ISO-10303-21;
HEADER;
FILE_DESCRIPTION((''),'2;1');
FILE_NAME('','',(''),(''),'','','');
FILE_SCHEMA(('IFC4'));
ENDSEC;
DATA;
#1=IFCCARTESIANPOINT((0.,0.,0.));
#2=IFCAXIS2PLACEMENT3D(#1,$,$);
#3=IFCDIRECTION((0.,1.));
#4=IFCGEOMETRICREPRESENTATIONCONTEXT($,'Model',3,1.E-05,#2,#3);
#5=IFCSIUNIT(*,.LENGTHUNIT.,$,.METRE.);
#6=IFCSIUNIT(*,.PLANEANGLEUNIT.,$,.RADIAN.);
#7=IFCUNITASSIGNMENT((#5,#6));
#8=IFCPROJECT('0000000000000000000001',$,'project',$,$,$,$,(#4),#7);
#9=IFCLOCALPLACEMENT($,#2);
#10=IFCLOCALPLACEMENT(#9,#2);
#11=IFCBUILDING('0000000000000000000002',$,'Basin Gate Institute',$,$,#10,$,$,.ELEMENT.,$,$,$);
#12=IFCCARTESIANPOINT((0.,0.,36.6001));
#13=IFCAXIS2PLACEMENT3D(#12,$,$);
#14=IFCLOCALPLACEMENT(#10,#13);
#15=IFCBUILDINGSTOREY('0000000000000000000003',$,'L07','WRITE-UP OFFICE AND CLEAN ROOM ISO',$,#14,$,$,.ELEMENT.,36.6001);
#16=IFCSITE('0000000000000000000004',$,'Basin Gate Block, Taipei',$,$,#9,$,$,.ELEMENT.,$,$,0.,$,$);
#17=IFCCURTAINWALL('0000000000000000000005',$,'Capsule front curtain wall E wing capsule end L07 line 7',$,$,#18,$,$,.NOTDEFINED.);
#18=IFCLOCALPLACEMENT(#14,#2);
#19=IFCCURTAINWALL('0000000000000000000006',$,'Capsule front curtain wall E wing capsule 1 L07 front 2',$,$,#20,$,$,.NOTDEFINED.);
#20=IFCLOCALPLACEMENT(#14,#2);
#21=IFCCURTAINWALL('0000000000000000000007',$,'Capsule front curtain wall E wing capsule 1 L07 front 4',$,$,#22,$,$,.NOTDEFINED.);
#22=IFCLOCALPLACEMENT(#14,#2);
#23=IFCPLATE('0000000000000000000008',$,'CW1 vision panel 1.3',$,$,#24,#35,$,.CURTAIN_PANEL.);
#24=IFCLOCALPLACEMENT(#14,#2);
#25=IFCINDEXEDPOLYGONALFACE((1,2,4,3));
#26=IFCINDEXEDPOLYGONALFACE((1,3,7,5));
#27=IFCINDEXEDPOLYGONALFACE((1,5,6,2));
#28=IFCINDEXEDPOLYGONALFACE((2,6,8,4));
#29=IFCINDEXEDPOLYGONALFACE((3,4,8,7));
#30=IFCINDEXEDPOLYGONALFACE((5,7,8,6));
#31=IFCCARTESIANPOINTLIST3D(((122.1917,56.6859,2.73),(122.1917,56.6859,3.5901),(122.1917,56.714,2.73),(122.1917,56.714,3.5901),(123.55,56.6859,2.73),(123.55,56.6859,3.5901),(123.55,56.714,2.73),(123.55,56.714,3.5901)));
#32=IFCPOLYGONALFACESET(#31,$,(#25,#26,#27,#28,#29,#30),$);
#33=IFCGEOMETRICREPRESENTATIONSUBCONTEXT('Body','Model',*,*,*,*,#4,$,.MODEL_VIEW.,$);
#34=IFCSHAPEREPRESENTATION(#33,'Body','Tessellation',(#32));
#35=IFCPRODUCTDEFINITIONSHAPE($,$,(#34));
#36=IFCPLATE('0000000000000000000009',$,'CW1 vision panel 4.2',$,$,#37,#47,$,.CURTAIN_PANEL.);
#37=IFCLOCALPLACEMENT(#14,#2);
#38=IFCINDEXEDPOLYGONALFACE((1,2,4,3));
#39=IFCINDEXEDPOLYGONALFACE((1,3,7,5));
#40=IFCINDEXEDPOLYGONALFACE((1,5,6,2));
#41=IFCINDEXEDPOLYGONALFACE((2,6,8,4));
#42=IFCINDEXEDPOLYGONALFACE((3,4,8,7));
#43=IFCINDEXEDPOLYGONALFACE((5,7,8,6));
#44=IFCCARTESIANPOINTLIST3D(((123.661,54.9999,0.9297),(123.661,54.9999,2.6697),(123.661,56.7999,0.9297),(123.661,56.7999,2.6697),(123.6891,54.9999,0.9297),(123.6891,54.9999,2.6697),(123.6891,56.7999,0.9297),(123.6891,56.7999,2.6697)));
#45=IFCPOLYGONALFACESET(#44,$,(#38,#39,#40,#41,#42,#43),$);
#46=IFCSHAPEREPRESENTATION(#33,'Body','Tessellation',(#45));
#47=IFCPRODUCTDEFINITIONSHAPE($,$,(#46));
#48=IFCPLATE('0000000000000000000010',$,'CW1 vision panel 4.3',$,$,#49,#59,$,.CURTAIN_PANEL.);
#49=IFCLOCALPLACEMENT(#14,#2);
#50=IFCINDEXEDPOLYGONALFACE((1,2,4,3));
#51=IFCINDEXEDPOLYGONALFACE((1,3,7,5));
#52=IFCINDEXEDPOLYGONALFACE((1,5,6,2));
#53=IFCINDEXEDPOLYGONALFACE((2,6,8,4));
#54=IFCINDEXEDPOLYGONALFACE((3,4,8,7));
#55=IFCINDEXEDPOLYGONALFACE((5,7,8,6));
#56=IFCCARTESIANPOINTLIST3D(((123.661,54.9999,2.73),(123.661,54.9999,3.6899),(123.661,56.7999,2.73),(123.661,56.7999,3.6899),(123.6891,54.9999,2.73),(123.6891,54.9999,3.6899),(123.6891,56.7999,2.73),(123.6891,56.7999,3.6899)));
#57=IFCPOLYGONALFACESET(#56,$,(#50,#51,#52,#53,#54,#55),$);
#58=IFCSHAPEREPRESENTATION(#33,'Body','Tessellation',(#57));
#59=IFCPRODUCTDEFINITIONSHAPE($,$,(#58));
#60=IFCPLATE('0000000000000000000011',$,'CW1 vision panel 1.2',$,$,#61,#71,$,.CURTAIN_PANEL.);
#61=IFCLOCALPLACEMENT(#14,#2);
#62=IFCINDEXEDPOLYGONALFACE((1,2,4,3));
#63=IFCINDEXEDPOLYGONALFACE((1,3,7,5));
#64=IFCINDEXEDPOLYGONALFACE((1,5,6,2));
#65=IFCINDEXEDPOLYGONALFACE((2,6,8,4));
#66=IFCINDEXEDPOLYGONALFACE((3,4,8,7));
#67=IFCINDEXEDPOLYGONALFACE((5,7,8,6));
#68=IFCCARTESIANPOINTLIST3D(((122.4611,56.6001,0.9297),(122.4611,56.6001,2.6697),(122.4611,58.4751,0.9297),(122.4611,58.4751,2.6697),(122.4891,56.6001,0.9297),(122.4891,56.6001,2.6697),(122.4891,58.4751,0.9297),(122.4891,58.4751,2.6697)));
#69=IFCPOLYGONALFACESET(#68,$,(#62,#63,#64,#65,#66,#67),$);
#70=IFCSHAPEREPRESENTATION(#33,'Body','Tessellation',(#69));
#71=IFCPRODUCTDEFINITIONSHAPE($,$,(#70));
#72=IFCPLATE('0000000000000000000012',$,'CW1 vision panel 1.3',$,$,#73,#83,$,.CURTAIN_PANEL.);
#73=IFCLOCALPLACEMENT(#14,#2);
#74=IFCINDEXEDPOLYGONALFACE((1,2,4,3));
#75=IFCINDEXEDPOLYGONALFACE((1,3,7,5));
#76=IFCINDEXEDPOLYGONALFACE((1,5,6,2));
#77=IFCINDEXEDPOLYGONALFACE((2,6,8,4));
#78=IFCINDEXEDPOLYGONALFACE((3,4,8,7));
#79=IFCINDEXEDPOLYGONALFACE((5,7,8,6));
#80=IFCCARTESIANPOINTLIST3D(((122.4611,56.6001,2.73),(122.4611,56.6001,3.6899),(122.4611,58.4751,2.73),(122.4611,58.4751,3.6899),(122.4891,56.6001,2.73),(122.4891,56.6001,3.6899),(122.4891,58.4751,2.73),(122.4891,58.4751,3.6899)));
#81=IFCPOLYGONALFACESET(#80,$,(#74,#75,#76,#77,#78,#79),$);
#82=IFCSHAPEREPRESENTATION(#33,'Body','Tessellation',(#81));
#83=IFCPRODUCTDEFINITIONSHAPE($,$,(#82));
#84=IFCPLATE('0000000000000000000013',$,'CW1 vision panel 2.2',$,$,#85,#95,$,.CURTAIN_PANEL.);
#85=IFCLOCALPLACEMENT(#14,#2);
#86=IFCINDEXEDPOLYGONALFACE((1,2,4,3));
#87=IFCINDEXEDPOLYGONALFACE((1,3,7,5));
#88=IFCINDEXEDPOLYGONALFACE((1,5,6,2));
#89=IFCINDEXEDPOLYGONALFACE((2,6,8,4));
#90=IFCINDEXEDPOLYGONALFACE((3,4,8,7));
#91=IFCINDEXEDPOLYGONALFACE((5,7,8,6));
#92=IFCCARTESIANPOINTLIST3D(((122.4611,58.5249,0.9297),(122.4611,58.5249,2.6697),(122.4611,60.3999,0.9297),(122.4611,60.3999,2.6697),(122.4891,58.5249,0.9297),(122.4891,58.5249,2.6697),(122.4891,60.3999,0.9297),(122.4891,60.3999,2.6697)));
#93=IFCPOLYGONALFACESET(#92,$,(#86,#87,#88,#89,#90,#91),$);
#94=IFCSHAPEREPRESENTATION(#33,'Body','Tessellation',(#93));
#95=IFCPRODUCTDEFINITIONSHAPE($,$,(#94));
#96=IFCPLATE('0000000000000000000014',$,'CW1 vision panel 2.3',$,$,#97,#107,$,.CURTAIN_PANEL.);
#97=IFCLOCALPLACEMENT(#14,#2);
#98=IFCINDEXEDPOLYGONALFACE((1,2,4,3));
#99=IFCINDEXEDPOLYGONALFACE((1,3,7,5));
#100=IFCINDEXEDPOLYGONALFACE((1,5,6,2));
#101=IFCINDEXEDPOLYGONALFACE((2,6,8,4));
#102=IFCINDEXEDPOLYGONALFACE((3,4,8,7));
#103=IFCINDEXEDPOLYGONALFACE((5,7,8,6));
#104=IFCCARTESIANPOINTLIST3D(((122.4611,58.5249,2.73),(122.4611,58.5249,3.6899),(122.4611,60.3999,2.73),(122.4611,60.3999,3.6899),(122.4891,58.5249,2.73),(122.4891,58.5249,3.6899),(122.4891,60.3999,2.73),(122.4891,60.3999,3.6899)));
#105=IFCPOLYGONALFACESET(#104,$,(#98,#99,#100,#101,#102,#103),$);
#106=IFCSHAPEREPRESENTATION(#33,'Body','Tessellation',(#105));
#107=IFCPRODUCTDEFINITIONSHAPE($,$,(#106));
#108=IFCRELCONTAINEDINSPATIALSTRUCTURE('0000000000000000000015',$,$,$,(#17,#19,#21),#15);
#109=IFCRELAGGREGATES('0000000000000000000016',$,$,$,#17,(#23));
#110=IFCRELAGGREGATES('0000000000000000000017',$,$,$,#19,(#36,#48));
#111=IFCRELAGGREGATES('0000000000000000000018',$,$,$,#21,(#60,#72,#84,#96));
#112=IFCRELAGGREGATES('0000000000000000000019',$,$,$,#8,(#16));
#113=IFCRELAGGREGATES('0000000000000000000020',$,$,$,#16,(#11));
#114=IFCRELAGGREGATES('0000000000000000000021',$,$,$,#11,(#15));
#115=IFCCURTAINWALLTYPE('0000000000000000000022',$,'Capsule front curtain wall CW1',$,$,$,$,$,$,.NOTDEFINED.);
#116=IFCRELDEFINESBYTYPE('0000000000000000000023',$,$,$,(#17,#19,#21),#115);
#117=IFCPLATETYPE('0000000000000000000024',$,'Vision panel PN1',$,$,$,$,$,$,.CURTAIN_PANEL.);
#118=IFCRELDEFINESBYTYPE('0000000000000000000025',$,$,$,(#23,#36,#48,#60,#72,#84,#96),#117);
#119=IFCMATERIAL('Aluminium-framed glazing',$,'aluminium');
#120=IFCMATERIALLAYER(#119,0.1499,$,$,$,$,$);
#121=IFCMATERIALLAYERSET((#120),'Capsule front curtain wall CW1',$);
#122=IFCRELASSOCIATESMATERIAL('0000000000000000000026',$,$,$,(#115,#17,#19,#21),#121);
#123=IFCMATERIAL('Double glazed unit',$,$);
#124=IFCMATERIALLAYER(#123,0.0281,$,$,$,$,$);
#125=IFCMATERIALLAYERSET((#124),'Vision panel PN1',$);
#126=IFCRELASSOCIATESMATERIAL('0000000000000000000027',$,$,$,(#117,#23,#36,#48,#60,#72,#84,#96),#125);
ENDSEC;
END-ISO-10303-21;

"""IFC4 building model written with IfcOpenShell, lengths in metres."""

from ifc_helpers import new_model, si_unit, direction, frame, origin, origin_2d, place, context, subcontext, project, spatial, rectangle, extrude, material, layer, layer_set, type_object, element, aggregate, save


model = new_model("IFC4")

# Units and contexts
model_context = context("Model", 3, precision=1e-05, world=origin(), true_north=direction((0.0, 1.0)))
body_context = subcontext(model_context, "Body", "Model", "MODEL_VIEW")
ifc_project = project(units=[si_unit("LENGTHUNIT", "METRE"), si_unit("PLANEANGLEUNIT", "RADIAN")], contexts=[model_context])

# Site, building, storey
site_placement = place(None, origin())
site = spatial("IfcSite", under=ifc_project, at=site_placement, Name="Basin Gate Block, Taipei", CompositionType="ELEMENT", RefElevation=0.0)
building_placement = place(site_placement, origin())
building = spatial("IfcBuilding", under=site, at=building_placement, Name="Basin Gate Institute", CompositionType="ELEMENT")
storey_placement = place(building_placement, frame((0.0, 0.0, 36.6001)))
storey = spatial("IfcBuildingStorey", under=building, at=storey_placement, Name="L07", Description="WRITE-UP OFFICE AND CLEAN ROOM ISO", CompositionType="ELEMENT", Elevation=36.6001)

# Curtain wall
ifc_material_1 = material(Name="Aluminium-framed glazing", Category="aluminium")
ifc_layer_1 = layer(ifc_material_1, 0.1499)
ifc_layer_set_1 = layer_set([ifc_layer_1], Name="Capsule front curtain wall CW1")
curtain_wall_type = type_object("IfcCurtainWallType", Name="Capsule front curtain wall CW1", PredefinedType="NOTDEFINED", material=ifc_layer_set_1)
curtain_wall_1_placement = place(storey_placement, origin())
curtain_wall_1 = element("IfcCurtainWall", 1, at=curtain_wall_1_placement, inside=storey, type_object=curtain_wall_type, material=ifc_layer_set_1, Name="Capsule front curtain wall E wing capsule end L07 line 7", PredefinedType="NOTDEFINED")

# Curtain wall
curtain_wall_2_placement = place(storey_placement, origin())
curtain_wall_2 = element("IfcCurtainWall", 2, at=curtain_wall_2_placement, inside=storey, type_object=curtain_wall_type, material=ifc_layer_set_1, Name="Capsule front curtain wall E wing capsule 1 L07 front 2", PredefinedType="NOTDEFINED")

# Curtain wall
curtain_wall_3_placement = place(storey_placement, origin())
curtain_wall_3 = element("IfcCurtainWall", 3, at=curtain_wall_3_placement, inside=storey, type_object=curtain_wall_type, material=ifc_layer_set_1, Name="Capsule front curtain wall E wing capsule 1 L07 front 4", PredefinedType="NOTDEFINED")

# Plates
ifc_material_2 = material(Name="Double glazed unit")
ifc_layer_2 = layer(ifc_material_2, 0.0281)
ifc_layer_set_2 = layer_set([ifc_layer_2], Name="Vision panel PN1")
plate_type_1 = type_object("IfcPlateType", Name="Vision panel PN1", PredefinedType="CURTAIN_PANEL", material=ifc_layer_set_2)
plate_1_placement = place(storey_placement, frame((122.8708, 56.7, 2.73), z_axis=(0.0, 0.0, 1.0), x_axis=(-1.0, 0.0, 0.0)))
plate_1 = element("IfcPlate", 4, at=plate_1_placement, type_object=plate_type_1, material=ifc_layer_set_2, Name="CW1 vision panel 1.3", PredefinedType="CURTAIN_PANEL", context=body_context, shape_type="SweptSolid", body=[
    extrude(rectangle(XDim=1.3584, YDim=0.0281, at=origin_2d()), origin(), (0.0, 0.0, 1.0), 0.8601),
])
aggregate(curtain_wall_1, [plate_1])
plate_2_placement = place(storey_placement, frame((123.675, 55.8999, 0.9297), z_axis=(0.0, 0.0, 1.0), x_axis=(0.0, 1.0, 0.0)))
plate_2 = element("IfcPlate", 5, at=plate_2_placement, type_object=plate_type_1, material=ifc_layer_set_2, Name="CW1 vision panel 4.2", PredefinedType="CURTAIN_PANEL", context=body_context, shape_type="SweptSolid", body=[
    extrude(rectangle(XDim=1.8, YDim=0.0281, at=origin_2d()), origin(), (0.0, 0.0, 1.0), 1.74),
])
plate_3_placement = place(storey_placement, frame((123.675, 55.8999, 2.73), z_axis=(0.0, 0.0, 1.0), x_axis=(0.0, 1.0, 0.0)))
plate_3 = element("IfcPlate", 6, at=plate_3_placement, type_object=plate_type_1, material=ifc_layer_set_2, Name="CW1 vision panel 4.3", PredefinedType="CURTAIN_PANEL", context=body_context, shape_type="SweptSolid", body=[
    extrude(rectangle(XDim=1.8, YDim=0.0281, at=origin_2d()), origin(), (0.0, 0.0, 1.0), 0.96),
])
aggregate(curtain_wall_2, [plate_2, plate_3])
plate_4_placement = place(storey_placement, frame((122.4751, 57.5376, 0.9297), z_axis=(0.0, 0.0, 1.0), x_axis=(0.0, 1.0, 0.0)))
plate_4 = element("IfcPlate", 7, at=plate_4_placement, type_object=plate_type_1, material=ifc_layer_set_2, Name="CW1 vision panel 1.2", PredefinedType="CURTAIN_PANEL", context=body_context, shape_type="SweptSolid", body=[
    extrude(rectangle(XDim=1.875, YDim=0.0281, at=origin_2d()), origin(), (0.0, 0.0, 1.0), 1.74),
])
plate_5_placement = place(storey_placement, frame((122.4751, 57.5376, 2.73), z_axis=(0.0, 0.0, 1.0), x_axis=(0.0, 1.0, 0.0)))
plate_5 = element("IfcPlate", 8, at=plate_5_placement, type_object=plate_type_1, material=ifc_layer_set_2, Name="CW1 vision panel 1.3", PredefinedType="CURTAIN_PANEL", context=body_context, shape_type="SweptSolid", body=[
    extrude(rectangle(XDim=1.875, YDim=0.0281, at=origin_2d()), origin(), (0.0, 0.0, 1.0), 0.96),
])
plate_6_placement = place(storey_placement, frame((122.4751, 59.4624, 0.9297), z_axis=(0.0, 0.0, 1.0), x_axis=(0.0, 1.0, 0.0)))
plate_6 = element("IfcPlate", 9, at=plate_6_placement, type_object=plate_type_1, material=ifc_layer_set_2, Name="CW1 vision panel 2.2", PredefinedType="CURTAIN_PANEL", context=body_context, shape_type="SweptSolid", body=[
    extrude(rectangle(XDim=1.875, YDim=0.0281, at=origin_2d()), origin(), (0.0, 0.0, 1.0), 1.74),
])
plate_7_placement = place(storey_placement, frame((122.4751, 59.4624, 2.73), z_axis=(0.0, 0.0, 1.0), x_axis=(0.0, 1.0, 0.0)))
plate_7 = element("IfcPlate", 10, at=plate_7_placement, type_object=plate_type_1, material=ifc_layer_set_2, Name="CW1 vision panel 2.3", PredefinedType="CURTAIN_PANEL", context=body_context, shape_type="SweptSolid", body=[
    extrude(rectangle(XDim=1.875, YDim=0.0281, at=origin_2d()), origin(), (0.0, 0.0, 1.0), 0.96),
])
aggregate(curtain_wall_3, [plate_4, plate_5, plate_6, plate_7])

save(model, "model.ifc")
